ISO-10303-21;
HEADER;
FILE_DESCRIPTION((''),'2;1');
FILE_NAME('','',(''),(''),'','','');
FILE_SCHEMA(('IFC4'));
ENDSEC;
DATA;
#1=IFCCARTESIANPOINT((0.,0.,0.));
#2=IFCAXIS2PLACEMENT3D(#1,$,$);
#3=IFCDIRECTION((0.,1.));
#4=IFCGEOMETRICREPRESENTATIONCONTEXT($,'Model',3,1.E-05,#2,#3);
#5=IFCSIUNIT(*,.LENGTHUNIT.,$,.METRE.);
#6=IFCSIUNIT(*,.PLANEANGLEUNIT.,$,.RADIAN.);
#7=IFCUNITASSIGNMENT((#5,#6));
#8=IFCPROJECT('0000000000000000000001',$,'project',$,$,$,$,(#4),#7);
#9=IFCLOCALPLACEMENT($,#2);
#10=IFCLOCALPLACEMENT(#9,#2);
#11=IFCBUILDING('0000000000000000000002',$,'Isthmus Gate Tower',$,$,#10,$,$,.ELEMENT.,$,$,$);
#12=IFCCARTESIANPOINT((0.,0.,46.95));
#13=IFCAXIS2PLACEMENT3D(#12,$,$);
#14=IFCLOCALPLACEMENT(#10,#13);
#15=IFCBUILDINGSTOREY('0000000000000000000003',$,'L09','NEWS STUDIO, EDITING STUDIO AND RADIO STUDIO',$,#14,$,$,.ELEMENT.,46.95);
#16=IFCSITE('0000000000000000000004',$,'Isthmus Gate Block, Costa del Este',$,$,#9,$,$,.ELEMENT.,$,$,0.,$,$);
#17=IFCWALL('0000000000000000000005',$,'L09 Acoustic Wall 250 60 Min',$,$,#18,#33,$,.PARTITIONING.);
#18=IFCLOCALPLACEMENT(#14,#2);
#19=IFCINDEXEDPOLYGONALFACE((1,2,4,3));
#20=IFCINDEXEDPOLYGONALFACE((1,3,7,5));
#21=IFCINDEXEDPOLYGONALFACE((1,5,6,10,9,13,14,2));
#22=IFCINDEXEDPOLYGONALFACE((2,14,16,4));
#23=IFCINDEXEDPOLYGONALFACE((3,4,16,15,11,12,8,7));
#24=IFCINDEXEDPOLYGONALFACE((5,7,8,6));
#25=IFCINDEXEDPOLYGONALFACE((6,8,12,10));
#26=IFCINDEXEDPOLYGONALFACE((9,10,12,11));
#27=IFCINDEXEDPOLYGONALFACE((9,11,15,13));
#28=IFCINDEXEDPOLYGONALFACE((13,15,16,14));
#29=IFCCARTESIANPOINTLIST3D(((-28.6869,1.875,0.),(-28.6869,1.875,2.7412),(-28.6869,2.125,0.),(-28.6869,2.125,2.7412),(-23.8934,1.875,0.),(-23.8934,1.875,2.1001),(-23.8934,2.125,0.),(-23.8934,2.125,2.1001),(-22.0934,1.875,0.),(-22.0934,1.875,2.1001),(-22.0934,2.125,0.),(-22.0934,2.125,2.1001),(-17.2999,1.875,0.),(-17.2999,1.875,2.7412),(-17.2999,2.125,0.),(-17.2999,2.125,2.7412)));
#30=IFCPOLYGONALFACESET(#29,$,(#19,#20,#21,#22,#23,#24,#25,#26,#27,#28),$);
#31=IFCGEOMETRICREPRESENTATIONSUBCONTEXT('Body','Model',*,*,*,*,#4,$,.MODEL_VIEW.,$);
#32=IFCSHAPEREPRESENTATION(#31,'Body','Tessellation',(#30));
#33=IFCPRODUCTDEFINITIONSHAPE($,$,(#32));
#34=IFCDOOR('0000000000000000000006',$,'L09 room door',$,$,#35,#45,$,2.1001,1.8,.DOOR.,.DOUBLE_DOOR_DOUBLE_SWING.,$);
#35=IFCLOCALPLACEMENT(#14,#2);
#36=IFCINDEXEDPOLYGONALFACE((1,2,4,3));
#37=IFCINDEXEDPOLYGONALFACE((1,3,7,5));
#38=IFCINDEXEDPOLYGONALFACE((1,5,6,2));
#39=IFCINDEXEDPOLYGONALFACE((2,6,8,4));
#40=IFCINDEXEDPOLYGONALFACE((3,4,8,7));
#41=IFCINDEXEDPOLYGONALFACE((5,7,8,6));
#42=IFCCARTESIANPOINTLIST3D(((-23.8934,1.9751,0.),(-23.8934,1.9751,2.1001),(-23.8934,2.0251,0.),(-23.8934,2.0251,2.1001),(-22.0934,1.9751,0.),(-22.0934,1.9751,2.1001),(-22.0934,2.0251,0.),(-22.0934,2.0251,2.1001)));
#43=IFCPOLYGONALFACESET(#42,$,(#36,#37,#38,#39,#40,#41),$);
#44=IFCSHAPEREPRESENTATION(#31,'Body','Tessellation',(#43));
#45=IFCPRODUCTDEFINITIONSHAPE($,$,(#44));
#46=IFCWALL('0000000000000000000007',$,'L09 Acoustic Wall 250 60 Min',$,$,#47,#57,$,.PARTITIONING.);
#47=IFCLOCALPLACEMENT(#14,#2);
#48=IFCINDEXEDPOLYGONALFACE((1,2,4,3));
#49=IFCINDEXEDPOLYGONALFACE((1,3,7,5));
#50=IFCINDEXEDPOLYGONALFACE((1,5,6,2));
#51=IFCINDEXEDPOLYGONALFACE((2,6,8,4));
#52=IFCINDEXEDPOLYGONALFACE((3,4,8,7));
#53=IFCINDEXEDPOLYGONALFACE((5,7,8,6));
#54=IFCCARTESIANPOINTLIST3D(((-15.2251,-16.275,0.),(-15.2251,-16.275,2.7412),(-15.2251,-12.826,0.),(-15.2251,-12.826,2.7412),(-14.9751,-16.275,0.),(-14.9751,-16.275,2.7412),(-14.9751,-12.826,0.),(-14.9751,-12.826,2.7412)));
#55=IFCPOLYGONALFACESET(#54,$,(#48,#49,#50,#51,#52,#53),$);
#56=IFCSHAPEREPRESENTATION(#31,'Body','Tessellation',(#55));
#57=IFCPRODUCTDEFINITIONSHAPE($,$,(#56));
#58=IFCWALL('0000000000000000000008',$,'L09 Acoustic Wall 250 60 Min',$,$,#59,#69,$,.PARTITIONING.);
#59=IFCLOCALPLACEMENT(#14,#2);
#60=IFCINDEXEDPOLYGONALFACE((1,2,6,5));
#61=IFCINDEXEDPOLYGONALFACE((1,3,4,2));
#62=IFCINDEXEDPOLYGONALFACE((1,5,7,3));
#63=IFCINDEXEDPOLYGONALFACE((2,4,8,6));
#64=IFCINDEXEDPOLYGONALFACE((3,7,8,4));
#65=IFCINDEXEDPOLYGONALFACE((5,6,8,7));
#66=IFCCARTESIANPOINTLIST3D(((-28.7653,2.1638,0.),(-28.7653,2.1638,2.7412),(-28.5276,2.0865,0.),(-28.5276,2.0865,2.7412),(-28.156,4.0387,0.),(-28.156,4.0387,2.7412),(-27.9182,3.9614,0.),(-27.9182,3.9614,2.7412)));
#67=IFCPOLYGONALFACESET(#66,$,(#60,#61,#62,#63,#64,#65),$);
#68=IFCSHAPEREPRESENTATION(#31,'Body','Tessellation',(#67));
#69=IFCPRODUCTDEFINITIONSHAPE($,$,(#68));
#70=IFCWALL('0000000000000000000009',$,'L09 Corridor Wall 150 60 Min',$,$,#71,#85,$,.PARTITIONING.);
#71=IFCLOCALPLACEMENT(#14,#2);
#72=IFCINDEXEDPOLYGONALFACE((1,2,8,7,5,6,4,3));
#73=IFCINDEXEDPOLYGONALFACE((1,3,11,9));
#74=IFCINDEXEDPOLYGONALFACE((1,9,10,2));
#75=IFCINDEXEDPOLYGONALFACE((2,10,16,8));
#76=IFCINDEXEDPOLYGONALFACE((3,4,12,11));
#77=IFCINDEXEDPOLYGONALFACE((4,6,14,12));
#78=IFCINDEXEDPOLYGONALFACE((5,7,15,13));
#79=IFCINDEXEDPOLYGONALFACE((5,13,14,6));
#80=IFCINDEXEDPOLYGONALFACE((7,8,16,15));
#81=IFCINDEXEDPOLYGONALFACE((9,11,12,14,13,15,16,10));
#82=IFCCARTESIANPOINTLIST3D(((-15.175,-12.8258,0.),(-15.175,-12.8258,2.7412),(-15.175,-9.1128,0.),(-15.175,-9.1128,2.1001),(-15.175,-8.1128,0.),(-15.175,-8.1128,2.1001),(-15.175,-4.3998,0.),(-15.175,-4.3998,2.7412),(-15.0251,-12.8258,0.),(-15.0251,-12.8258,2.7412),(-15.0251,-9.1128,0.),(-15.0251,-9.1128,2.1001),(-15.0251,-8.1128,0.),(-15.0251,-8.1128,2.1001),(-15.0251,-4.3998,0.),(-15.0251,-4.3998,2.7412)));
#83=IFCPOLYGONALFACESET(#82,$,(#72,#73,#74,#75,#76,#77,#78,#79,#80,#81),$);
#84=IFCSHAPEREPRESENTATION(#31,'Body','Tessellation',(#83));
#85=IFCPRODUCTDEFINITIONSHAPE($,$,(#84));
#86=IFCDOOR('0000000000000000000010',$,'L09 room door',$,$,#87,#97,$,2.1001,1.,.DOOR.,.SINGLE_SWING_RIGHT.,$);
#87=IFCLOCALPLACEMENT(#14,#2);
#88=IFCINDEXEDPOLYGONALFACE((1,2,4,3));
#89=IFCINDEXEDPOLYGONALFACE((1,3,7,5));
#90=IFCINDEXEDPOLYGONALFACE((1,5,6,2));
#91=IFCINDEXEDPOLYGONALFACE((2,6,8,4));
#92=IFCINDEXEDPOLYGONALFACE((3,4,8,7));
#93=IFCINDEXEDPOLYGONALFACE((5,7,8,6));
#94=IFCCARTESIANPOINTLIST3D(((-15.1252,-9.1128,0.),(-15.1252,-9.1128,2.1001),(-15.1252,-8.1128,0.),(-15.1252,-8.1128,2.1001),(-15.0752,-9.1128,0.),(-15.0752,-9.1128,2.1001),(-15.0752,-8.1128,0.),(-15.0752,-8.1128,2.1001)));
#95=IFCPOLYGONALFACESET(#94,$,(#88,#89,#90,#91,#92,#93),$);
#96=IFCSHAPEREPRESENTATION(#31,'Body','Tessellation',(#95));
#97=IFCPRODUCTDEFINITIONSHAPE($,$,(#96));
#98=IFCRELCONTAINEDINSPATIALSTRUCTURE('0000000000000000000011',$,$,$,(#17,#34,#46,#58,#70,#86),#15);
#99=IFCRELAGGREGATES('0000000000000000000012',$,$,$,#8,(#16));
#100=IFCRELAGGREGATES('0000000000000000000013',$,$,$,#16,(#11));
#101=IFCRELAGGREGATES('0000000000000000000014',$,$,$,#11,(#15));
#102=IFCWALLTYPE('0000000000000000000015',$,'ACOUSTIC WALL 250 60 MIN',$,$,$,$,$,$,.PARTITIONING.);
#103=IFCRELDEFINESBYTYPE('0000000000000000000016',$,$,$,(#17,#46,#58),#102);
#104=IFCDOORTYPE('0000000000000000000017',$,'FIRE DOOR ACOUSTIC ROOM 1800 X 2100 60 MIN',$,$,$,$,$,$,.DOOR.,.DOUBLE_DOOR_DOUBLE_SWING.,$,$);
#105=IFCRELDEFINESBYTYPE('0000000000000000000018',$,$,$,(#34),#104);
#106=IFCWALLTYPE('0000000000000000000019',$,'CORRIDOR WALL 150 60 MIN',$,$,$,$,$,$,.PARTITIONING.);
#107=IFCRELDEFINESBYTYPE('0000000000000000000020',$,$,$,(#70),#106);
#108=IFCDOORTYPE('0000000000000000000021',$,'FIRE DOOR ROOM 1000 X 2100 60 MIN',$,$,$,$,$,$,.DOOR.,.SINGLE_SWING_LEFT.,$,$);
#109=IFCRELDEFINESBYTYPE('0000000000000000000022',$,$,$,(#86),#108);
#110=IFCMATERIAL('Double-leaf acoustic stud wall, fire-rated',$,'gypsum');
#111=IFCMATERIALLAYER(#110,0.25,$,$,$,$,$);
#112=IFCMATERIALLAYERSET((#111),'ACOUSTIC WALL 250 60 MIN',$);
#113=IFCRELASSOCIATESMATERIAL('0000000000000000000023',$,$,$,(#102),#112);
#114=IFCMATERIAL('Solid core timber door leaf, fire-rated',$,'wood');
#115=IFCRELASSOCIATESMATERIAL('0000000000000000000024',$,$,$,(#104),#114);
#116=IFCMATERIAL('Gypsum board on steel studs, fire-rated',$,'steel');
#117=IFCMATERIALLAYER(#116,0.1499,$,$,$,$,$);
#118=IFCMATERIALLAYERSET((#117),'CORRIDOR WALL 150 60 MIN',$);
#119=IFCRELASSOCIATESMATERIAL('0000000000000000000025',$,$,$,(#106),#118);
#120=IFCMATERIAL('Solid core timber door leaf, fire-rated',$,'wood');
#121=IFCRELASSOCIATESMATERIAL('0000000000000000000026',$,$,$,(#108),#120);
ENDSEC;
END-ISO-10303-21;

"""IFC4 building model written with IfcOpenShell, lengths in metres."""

from ifc_helpers import new_model, si_unit, direction, frame, frame_2d, origin, place, context, subcontext, project, spatial, rectangle, extrude, material, layer, layer_set, type_object, element, fill, save


model = new_model("IFC4")

# Units and contexts
model_context = context("Model", 3, precision=1e-05, world=origin(), true_north=direction((0.0, 1.0)))
body_context = subcontext(model_context, "Body", "Model", "MODEL_VIEW")
ifc_project = project(units=[si_unit("LENGTHUNIT", "METRE"), si_unit("PLANEANGLEUNIT", "RADIAN")], contexts=[model_context])

# Site, building, storey
site_placement = place(None, origin())
site = spatial("IfcSite", under=ifc_project, at=site_placement, Name="Isthmus Gate Block, Costa del Este", CompositionType="ELEMENT", RefElevation=0.0)
building_placement = place(site_placement, origin())
building = spatial("IfcBuilding", under=site, at=building_placement, Name="Isthmus Gate Tower", CompositionType="ELEMENT")
storey_placement = place(building_placement, frame((0.0, 0.0, 46.95)))
storey = spatial("IfcBuildingStorey", under=building, at=storey_placement, Name="L09", Description="NEWS STUDIO, EDITING STUDIO AND RADIO STUDIO", CompositionType="ELEMENT", Elevation=46.95)

# Wall, opening, door
ifc_material_1 = material(Name="Double-leaf acoustic stud wall, fire-rated", Category="gypsum")
ifc_layer_1 = layer(ifc_material_1, 0.25)
ifc_layer_set_1 = layer_set([ifc_layer_1], Name="ACOUSTIC WALL 250 60 MIN")
wall_type_1 = type_object("IfcWallType", Name="ACOUSTIC WALL 250 60 MIN", PredefinedType="PARTITIONING", material=ifc_layer_set_1)
wall_1_placement = place(storey_placement, frame((-17.3, 2.0, 0.0), z_axis=(0.0, 0.0, 1.0), x_axis=(-1.0, 0.0, 0.0)))
wall_1 = element("IfcWall", 1, at=wall_1_placement, inside=storey, type_object=wall_type_1, Name="L09 Acoustic Wall 250 60 Min", PredefinedType="PARTITIONING", context=body_context, shape_type="SweptSolid", body=[
    extrude(rectangle(XDim=11.387, YDim=0.25, at=frame_2d((5.6934, 0.0))), origin(), (0.0, 0.0, 1.0), 2.7412),
])
opening_1_placement = place(wall_1_placement, frame((4.7935, 0.0, 0.0)))
opening_1 = element("IfcOpeningElement", 2, at=opening_1_placement, cuts=wall_1, PredefinedType="OPENING", context=body_context, shape_type="SweptSolid", body=[
    extrude(rectangle(XDim=1.8, YDim=2.1001, at=frame_2d((0.8999, 1.05))), frame((0.0, 0.135, 0.0), z_axis=(0.0, -1.0, 0.0), x_axis=(1.0, 0.0, 0.0)), (0.0, 0.0, 1.0), 0.27),
])
ifc_material_2 = material(Name="Solid core timber door leaf, fire-rated", Category="wood")
door_type_1 = type_object("IfcDoorType", Name="FIRE DOOR ACOUSTIC ROOM 1800 X 2100 60 MIN", OperationType="DOUBLE_DOOR_DOUBLE_SWING", PredefinedType="DOOR", material=ifc_material_2)
door_1_placement = place(opening_1_placement, origin())
door_1 = element("IfcDoor", 3, at=door_1_placement, inside=storey, type_object=door_type_1, Name="L09 room door", OperationType="DOUBLE_DOOR_DOUBLE_SWING", OverallHeight=2.1001, OverallWidth=1.8, PredefinedType="DOOR", context=body_context, shape_type="SweptSolid", body=[
    extrude(rectangle(XDim=1.8, YDim=2.1001, at=frame_2d((0.8999, 1.05))), frame((0.0, 0.0249, 0.0), z_axis=(0.0, -1.0, 0.0), x_axis=(1.0, 0.0, 0.0)), (0.0, 0.0, 1.0), 0.05),
])
fill(opening_1, door_1)

# Walls
wall_2_placement = place(storey_placement, frame((-15.1001, -12.8259, 0.0), z_axis=(0.0, 0.0, 1.0), x_axis=(0.0, -1.0, 0.0)))
element("IfcWall", 4, at=wall_2_placement, inside=storey, type_object=wall_type_1, Name="L09 Acoustic Wall 250 60 Min", PredefinedType="PARTITIONING", context=body_context, shape_type="SweptSolid", body=[
    extrude(rectangle(XDim=3.449, YDim=0.25, at=frame_2d((1.7246, 0.0))), origin(), (0.0, 0.0, 1.0), 2.7412),
])
wall_3_placement = place(storey_placement, frame((-28.6465, 2.125, 0.0), z_axis=(0.0, 0.0, 1.0), x_axis=(0.309086, 0.951034, 0.0)))
element("IfcWall", 5, at=wall_3_placement, inside=storey, type_object=wall_type_1, Name="L09 Acoustic Wall 250 60 Min", PredefinedType="PARTITIONING", context=body_context, shape_type="SweptSolid", body=[
    extrude(rectangle(XDim=1.9714, YDim=0.25, at=frame_2d((0.9858, 0.0))), origin(), (0.0, 0.0, 1.0), 2.7412),
])

# Wall, opening, door
ifc_material_3 = material(Name="Gypsum board on steel studs, fire-rated", Category="steel")
ifc_layer_2 = layer(ifc_material_3, 0.1499)
ifc_layer_set_2 = layer_set([ifc_layer_2], Name="CORRIDOR WALL 150 60 MIN")
wall_type_2 = type_object("IfcWallType", Name="CORRIDOR WALL 150 60 MIN", PredefinedType="PARTITIONING", material=ifc_layer_set_2)
wall_4_placement = place(storey_placement, frame((-15.1001, -4.3999, 0.0), z_axis=(0.0, 0.0, 1.0), x_axis=(0.0, -1.0, 0.0)))
wall_4 = element("IfcWall", 6, at=wall_4_placement, inside=storey, type_object=wall_type_2, Name="L09 Corridor Wall 150 60 Min", PredefinedType="PARTITIONING", context=body_context, shape_type="SweptSolid", body=[
    extrude(rectangle(XDim=8.426, YDim=0.1499, at=frame_2d((4.2129, 0.0))), origin(), (0.0, 0.0, 1.0), 2.7412),
])
opening_2_placement = place(wall_4_placement, frame((3.7129, 0.0, 0.0)))
opening_2 = element("IfcOpeningElement", 7, at=opening_2_placement, cuts=wall_4, PredefinedType="OPENING", context=body_context, shape_type="SweptSolid", body=[
    extrude(rectangle(XDim=1.0, YDim=2.1001, at=frame_2d((0.5, 1.05))), frame((0.0, 0.085, 0.0), z_axis=(0.0, -1.0, 0.0), x_axis=(1.0, 0.0, 0.0)), (0.0, 0.0, 1.0), 0.1699),
])
ifc_material_4 = material(Name="Solid core timber door leaf, fire-rated", Category="wood")
door_type_2 = type_object("IfcDoorType", Name="FIRE DOOR ROOM 1000 X 2100 60 MIN", OperationType="SINGLE_SWING_LEFT", PredefinedType="DOOR", material=ifc_material_4)
door_2_placement = place(opening_2_placement, origin())
door_2 = element("IfcDoor", 8, at=door_2_placement, inside=storey, type_object=door_type_2, Name="L09 room door", OperationType="SINGLE_SWING_RIGHT", OverallHeight=2.1001, OverallWidth=1.0, PredefinedType="DOOR", context=body_context, shape_type="SweptSolid", body=[
    extrude(rectangle(XDim=1.0, YDim=2.1001, at=frame_2d((0.5, 1.05))), frame((0.0, 0.0249, 0.0), z_axis=(0.0, -1.0, 0.0), x_axis=(1.0, 0.0, 0.0)), (0.0, 0.0, 1.0), 0.05),
])
fill(opening_2, door_2)

save(model, "model.ifc")
